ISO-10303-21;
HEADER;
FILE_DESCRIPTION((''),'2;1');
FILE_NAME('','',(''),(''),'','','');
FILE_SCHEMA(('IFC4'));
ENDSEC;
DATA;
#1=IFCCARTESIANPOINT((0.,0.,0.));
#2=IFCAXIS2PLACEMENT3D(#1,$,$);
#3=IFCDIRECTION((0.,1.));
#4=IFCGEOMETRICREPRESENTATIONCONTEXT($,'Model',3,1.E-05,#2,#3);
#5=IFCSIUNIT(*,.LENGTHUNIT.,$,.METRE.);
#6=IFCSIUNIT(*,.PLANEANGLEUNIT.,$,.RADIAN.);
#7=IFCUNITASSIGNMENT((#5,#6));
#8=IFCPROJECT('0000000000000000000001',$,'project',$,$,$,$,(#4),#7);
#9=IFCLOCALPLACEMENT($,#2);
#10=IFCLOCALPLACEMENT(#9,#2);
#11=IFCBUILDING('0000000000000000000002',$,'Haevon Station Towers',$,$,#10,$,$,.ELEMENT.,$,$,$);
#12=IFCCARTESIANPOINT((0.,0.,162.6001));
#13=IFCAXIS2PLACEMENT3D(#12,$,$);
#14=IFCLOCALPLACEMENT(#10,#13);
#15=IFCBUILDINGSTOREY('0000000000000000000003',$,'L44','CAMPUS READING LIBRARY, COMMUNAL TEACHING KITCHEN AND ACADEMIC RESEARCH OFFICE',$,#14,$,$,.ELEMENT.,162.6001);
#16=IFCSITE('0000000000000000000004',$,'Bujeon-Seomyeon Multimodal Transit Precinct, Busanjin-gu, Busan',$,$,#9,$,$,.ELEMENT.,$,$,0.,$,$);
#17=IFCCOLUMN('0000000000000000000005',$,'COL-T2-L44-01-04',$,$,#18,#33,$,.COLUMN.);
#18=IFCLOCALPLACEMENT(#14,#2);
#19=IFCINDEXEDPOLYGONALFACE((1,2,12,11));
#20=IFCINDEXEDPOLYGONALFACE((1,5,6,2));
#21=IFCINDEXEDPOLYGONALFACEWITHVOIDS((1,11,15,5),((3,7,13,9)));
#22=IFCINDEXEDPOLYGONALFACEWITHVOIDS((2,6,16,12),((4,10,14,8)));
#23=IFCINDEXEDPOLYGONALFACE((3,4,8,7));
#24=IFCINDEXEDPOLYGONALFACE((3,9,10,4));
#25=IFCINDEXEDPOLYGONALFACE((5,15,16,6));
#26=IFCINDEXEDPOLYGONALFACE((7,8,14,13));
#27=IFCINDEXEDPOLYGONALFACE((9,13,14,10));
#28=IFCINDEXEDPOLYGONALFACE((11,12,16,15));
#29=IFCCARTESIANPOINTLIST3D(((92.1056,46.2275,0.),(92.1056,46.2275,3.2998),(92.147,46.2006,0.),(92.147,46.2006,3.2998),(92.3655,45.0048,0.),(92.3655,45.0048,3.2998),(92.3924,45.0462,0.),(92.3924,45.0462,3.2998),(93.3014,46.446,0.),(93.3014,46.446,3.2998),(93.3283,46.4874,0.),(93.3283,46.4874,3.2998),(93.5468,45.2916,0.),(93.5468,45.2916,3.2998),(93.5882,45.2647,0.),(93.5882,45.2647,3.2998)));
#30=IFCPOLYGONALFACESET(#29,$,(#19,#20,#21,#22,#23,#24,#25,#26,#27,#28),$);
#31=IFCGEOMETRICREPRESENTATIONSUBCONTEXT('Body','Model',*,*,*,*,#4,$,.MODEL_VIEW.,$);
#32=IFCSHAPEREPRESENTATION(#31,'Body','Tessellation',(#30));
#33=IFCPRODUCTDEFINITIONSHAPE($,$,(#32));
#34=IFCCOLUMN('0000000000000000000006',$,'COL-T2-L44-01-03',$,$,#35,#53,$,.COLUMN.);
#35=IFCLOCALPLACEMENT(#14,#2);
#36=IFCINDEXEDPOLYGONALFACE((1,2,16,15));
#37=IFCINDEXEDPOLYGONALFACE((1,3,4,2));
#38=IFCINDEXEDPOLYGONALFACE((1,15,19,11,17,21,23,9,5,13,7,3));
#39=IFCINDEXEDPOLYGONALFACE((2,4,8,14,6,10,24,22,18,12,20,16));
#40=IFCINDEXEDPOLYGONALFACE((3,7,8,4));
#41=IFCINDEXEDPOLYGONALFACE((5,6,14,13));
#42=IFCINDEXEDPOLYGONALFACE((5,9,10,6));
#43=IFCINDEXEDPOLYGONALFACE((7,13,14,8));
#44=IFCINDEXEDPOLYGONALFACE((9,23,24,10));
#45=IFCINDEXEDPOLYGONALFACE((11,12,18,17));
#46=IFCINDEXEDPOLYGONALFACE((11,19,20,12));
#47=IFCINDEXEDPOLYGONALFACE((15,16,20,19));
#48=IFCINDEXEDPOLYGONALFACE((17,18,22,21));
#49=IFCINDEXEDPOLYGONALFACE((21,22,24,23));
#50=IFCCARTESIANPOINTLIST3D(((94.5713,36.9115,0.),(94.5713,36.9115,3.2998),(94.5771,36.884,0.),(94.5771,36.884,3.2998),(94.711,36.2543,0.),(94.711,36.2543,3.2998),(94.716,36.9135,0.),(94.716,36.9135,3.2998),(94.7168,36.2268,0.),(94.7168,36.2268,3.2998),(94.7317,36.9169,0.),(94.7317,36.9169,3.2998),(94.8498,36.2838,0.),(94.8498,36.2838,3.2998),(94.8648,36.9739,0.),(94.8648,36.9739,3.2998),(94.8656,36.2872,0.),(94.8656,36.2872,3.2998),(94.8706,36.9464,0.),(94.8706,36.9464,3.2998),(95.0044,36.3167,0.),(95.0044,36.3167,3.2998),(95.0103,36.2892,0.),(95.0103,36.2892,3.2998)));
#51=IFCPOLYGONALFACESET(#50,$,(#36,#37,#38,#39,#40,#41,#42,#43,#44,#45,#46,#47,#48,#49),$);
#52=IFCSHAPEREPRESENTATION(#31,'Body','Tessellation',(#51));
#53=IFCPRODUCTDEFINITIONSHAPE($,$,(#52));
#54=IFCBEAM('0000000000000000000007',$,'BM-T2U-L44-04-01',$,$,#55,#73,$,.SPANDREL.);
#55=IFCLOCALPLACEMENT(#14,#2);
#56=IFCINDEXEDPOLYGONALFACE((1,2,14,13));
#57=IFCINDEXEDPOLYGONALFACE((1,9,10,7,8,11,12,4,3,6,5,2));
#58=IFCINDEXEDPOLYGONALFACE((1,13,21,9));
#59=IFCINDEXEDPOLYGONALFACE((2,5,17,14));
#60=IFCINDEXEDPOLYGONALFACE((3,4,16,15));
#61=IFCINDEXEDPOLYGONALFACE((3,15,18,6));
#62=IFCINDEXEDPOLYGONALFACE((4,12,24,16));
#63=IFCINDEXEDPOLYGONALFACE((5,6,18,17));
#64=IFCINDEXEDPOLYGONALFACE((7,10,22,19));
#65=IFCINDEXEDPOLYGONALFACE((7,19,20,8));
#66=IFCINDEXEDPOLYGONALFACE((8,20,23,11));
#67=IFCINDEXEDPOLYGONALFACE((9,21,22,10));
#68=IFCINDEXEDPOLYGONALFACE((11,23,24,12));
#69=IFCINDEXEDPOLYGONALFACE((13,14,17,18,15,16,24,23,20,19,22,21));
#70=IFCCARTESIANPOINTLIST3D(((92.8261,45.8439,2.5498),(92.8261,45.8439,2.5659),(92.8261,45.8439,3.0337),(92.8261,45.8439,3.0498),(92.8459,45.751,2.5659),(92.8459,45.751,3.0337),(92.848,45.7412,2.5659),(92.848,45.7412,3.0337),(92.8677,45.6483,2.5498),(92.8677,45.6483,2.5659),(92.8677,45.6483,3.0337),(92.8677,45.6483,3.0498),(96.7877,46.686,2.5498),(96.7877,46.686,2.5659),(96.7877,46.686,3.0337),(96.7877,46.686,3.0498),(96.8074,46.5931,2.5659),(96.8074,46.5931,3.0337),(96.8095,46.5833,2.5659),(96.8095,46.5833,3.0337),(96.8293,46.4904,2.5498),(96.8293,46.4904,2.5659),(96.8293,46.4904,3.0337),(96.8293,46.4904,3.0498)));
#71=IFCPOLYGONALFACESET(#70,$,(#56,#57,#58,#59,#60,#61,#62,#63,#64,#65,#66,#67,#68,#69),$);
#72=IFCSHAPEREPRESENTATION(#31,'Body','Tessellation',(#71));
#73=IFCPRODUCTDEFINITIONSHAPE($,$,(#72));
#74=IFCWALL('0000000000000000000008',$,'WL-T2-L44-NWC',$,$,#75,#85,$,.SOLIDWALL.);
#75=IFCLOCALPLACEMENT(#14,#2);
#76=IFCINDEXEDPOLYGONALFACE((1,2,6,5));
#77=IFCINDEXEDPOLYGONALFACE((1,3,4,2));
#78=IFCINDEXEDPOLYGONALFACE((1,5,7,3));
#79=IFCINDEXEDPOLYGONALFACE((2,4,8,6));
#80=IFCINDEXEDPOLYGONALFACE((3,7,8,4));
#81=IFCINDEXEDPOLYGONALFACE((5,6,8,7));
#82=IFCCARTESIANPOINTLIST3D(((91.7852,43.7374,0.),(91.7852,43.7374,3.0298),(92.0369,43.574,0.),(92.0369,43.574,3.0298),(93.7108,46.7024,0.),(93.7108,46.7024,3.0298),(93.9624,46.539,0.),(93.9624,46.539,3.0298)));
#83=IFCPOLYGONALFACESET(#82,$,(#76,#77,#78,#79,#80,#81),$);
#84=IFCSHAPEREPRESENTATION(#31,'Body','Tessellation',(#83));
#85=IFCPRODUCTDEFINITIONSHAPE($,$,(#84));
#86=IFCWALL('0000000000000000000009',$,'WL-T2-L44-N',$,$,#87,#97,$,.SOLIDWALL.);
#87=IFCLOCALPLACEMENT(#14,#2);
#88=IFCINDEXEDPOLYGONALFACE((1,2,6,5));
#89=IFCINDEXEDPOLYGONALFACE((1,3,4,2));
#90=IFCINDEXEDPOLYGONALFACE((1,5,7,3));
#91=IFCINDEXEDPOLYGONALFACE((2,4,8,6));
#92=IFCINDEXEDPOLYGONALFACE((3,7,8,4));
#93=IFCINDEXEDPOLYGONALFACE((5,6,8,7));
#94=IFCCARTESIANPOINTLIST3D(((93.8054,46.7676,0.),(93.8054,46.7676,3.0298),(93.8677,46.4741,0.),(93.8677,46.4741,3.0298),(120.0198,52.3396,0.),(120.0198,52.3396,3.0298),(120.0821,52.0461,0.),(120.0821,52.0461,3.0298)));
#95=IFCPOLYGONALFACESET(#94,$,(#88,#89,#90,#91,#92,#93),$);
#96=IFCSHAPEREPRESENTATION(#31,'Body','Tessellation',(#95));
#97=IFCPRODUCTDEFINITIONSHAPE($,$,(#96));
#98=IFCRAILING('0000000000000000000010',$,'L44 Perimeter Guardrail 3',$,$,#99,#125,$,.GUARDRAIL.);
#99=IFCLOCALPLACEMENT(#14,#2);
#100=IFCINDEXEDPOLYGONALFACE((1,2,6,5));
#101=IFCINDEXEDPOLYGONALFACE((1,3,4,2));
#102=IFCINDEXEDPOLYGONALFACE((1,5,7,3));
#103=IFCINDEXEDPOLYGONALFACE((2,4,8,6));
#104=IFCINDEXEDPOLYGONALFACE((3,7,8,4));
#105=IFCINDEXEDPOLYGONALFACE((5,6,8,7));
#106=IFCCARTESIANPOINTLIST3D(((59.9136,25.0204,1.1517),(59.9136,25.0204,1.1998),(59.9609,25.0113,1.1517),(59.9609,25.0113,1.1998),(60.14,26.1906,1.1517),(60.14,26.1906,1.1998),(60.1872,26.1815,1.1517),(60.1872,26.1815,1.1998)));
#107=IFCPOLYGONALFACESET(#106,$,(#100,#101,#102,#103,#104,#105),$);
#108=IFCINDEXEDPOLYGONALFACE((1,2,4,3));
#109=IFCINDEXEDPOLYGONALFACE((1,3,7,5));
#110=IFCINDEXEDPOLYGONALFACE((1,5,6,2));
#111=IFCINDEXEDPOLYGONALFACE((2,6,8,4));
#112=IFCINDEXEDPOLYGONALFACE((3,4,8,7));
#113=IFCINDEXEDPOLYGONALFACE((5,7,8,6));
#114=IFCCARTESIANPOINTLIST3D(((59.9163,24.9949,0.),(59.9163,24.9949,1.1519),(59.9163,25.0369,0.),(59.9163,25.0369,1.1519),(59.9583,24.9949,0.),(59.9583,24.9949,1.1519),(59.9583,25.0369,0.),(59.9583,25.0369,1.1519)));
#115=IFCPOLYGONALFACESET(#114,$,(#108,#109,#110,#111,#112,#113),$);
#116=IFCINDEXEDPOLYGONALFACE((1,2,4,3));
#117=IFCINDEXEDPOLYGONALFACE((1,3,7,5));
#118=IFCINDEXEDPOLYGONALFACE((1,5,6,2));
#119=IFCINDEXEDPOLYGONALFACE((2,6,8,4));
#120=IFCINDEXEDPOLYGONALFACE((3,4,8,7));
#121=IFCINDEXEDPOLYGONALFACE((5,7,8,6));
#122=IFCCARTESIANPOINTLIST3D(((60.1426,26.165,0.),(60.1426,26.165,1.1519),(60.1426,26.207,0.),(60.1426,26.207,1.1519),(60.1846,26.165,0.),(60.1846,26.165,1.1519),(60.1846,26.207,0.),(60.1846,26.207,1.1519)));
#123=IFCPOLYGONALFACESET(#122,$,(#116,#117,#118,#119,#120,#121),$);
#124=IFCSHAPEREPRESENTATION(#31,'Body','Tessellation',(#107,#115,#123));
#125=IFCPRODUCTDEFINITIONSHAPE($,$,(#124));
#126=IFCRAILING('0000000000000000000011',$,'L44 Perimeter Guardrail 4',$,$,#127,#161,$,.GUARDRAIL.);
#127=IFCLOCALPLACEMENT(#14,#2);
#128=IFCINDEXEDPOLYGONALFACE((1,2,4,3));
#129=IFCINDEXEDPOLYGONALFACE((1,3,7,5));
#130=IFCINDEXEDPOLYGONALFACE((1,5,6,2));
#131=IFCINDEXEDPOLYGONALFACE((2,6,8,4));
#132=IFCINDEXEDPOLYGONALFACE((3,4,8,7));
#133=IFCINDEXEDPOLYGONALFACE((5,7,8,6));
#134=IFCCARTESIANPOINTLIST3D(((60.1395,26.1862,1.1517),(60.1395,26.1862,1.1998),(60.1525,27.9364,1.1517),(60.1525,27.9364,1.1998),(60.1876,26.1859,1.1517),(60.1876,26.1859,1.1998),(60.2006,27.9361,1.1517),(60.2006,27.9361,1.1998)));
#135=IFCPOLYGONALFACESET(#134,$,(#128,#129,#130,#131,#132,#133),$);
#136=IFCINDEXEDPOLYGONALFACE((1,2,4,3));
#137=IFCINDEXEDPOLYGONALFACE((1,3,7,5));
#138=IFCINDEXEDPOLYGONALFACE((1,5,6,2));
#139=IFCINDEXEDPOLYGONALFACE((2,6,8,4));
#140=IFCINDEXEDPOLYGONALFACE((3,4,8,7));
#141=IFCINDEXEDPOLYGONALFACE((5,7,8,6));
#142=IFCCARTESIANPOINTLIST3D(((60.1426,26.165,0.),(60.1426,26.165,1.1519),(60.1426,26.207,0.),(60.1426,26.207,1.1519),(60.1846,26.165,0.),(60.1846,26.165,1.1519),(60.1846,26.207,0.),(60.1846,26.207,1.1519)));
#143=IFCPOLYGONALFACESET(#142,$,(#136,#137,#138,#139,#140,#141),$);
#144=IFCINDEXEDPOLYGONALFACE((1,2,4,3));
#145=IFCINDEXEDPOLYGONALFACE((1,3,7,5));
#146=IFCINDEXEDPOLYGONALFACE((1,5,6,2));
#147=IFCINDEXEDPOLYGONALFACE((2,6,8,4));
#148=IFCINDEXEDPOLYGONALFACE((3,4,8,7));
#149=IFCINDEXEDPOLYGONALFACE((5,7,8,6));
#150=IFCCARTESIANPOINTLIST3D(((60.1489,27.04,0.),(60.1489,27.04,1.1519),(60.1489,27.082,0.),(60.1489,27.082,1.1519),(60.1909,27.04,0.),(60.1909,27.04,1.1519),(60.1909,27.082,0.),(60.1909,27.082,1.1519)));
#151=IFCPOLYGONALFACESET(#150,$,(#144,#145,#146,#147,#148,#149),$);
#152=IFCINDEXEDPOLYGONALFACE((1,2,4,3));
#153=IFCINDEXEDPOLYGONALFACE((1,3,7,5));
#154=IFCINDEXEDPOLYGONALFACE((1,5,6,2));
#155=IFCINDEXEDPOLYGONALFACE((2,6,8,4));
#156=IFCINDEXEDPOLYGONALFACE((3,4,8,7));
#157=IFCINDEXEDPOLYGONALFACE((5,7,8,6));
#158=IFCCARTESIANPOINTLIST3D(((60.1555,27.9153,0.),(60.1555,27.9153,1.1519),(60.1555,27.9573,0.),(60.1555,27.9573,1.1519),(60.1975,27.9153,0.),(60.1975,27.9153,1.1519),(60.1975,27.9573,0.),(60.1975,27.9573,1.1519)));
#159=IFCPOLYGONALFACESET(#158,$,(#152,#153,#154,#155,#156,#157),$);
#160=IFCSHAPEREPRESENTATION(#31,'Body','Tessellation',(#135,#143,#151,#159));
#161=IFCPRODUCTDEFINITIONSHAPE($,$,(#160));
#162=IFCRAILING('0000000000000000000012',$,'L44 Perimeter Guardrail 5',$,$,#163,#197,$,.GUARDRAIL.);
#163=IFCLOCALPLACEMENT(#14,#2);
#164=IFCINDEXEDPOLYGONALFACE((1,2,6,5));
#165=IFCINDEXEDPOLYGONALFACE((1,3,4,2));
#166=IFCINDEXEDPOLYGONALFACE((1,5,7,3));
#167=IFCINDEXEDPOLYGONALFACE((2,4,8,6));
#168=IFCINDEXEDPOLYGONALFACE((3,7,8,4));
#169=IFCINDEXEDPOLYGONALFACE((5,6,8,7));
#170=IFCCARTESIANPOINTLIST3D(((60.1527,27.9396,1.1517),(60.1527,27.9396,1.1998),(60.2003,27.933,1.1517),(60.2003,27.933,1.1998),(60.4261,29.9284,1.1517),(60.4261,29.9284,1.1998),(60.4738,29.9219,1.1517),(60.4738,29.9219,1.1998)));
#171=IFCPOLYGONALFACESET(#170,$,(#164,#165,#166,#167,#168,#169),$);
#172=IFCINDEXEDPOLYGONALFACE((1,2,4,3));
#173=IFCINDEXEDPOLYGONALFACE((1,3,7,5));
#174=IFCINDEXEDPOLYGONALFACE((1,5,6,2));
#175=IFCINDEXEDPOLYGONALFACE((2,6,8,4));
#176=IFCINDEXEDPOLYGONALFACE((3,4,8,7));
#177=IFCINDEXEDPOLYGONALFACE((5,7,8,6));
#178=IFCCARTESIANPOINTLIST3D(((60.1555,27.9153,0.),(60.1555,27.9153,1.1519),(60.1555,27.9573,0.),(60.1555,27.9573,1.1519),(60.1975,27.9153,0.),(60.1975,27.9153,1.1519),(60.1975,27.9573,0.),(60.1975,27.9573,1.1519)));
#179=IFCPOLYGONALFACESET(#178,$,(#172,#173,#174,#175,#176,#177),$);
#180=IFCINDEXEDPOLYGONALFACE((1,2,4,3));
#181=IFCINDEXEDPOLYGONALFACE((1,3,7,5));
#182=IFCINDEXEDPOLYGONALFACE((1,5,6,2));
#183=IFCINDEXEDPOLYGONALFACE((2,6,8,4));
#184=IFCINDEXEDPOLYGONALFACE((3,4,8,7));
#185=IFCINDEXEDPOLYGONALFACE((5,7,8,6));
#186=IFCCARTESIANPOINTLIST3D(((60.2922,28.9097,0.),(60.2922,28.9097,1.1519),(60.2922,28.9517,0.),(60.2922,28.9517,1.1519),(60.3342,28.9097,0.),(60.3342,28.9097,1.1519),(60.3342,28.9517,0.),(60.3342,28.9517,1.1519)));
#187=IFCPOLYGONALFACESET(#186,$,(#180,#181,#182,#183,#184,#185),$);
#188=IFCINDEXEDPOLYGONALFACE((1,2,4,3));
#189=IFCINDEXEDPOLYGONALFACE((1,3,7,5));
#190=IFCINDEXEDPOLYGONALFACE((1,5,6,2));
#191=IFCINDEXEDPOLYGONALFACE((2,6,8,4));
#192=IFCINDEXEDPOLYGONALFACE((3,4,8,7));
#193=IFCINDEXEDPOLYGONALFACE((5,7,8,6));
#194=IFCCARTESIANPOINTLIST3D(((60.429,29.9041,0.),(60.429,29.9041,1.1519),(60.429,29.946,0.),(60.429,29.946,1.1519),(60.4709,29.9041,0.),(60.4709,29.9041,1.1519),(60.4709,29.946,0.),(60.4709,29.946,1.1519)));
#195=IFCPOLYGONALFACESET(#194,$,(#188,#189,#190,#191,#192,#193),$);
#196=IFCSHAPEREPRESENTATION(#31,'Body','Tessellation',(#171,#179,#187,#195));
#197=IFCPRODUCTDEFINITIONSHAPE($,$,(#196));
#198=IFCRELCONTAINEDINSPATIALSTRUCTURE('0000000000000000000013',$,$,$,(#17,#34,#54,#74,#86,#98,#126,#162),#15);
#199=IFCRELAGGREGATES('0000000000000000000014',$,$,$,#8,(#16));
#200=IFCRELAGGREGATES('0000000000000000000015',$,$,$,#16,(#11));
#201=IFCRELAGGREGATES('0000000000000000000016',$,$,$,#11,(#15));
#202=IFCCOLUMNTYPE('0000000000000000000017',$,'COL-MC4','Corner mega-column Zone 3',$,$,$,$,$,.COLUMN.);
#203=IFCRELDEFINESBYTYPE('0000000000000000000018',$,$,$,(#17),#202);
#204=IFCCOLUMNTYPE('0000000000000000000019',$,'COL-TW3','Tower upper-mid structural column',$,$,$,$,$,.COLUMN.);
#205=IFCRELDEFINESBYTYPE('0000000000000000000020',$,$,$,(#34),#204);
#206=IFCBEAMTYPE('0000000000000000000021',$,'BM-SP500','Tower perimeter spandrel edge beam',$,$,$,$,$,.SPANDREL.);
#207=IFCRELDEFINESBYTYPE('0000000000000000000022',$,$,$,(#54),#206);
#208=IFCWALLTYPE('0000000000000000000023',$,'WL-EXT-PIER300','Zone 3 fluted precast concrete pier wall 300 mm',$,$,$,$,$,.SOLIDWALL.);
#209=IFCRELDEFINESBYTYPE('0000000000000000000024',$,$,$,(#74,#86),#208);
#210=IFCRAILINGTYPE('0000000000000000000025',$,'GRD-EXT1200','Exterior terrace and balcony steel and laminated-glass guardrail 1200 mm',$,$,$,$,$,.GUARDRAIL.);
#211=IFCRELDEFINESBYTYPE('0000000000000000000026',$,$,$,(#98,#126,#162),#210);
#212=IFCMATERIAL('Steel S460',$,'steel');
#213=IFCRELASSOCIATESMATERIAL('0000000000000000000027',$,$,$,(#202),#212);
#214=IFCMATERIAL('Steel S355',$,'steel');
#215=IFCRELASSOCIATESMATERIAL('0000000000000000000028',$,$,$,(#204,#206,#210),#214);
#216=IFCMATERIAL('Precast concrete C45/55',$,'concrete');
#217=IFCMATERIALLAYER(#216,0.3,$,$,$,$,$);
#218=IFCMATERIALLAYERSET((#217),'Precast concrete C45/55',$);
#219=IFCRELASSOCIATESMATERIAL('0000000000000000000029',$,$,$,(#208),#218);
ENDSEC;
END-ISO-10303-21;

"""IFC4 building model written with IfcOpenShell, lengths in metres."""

from ifc_helpers import new_model, si_unit, direction, frame, frame_2d, origin, origin_2d, place, context, subcontext, project, spatial, rectangle, hollow_rectangle, i_section, extrude, material, layer, layer_set, material_profile, profile_set, type_object, element, save


model = new_model("IFC4")

# Units and contexts
model_context = context("Model", 3, precision=1e-05, world=origin(), true_north=direction((0.0, 1.0)))
body_context = subcontext(model_context, "Body", "Model", "MODEL_VIEW")
ifc_project = project(units=[si_unit("LENGTHUNIT", "METRE"), si_unit("PLANEANGLEUNIT", "RADIAN")], contexts=[model_context])

# Site, building, storey
site_placement = place(None, origin())
site = spatial("IfcSite", under=ifc_project, at=site_placement, Name="Bujeon-Seomyeon Multimodal Transit Precinct, Busanjin-gu, Busan", CompositionType="ELEMENT", RefElevation=0.0)
building_placement = place(site_placement, origin())
building = spatial("IfcBuilding", under=site, at=building_placement, Name="Haevon Station Towers", CompositionType="ELEMENT")
storey_placement = place(building_placement, frame((0.0, 0.0, 162.6001)))
storey = spatial("IfcBuildingStorey", under=building, at=storey_placement, Name="L44", Description="CAMPUS READING LIBRARY, COMMUNAL TEACHING KITCHEN AND ACADEMIC RESEARCH OFFICE", CompositionType="ELEMENT", Elevation=162.6001)

# Columns
ifc_material_1 = material(Name="Steel S460", Category="steel")
ifc_material_profile_1 = material_profile(ifc_material_1, hollow_rectangle(XDim=1.25, YDim=1.25, WallThickness=0.0349, at=origin_2d()), Name="BOX-1250x1250x35")
ifc_profile_set_1 = profile_set([ifc_material_profile_1], Name="Steel S460")
column_type_1 = type_object("IfcColumnType", Name="COL-MC4", Description="Corner mega-column Zone 3", PredefinedType="COLUMN", material=ifc_profile_set_1)
column_1_placement = place(storey_placement, frame((92.8469, 45.7461, 0.0), z_axis=(0.0, 0.0, 1.0), x_axis=(0.978148, 0.207912, 0.0)))
element("IfcColumn", 1, at=column_1_placement, inside=storey, type_object=column_type_1, Name="COL-T2-L44-01-04", PredefinedType="COLUMN", context=body_context, shape_type="SweptSolid", body=[
    extrude(hollow_rectangle(XDim=1.25, YDim=1.25, WallThickness=0.0349, at=origin_2d()), origin(), (0.0, 0.0, 1.0), 3.2998),
])
ifc_material_2 = material(Name="Steel S355", Category="steel")
ifc_material_profile_2 = material_profile(ifc_material_2, i_section(OverallWidth=0.3, OverallDepth=0.7, WebThickness=0.0161, FlangeThickness=0.0281, at=origin_2d()), Name="H-700x300x16x28")
ifc_profile_set_2 = profile_set([ifc_material_profile_2], Name="Steel S355")
column_type_2 = type_object("IfcColumnType", Name="COL-TW3", Description="Tower upper-mid structural column", PredefinedType="COLUMN", material=ifc_profile_set_2)
column_2_placement = place(storey_placement, frame((94.7908, 36.6003, 0.0), z_axis=(0.0, 0.0, 1.0), x_axis=(0.978148, 0.207912, 0.0)))
element("IfcColumn", 2, at=column_2_placement, inside=storey, type_object=column_type_2, Name="COL-T2-L44-01-03", PredefinedType="COLUMN", context=body_context, shape_type="SweptSolid", body=[
    extrude(i_section(OverallWidth=0.3, OverallDepth=0.7, WebThickness=0.0161, FlangeThickness=0.0281, at=origin_2d()), origin(), (0.0, 0.0, 1.0), 3.2998),
])

# Beam
ifc_material_profile_3 = material_profile(ifc_material_2, i_section(OverallWidth=0.2, OverallDepth=0.5, WebThickness=0.01, FlangeThickness=0.0161, at=origin_2d()), Name="H-500x200x10x16")
ifc_profile_set_3 = profile_set([ifc_material_profile_3], Name="Steel S355")
beam_type = type_object("IfcBeamType", Name="BM-SP500", Description="Tower perimeter spandrel edge beam", PredefinedType="SPANDREL", material=ifc_profile_set_3)
beam_placement = place(storey_placement, frame((92.8469, 45.7461, 2.7998), z_axis=(0.978147, 0.207915, 0.0), x_axis=(-0.207915, 0.978147, 0.0)))
element("IfcBeam", 3, at=beam_placement, inside=storey, type_object=beam_type, Name="BM-T2U-L44-04-01", PredefinedType="SPANDREL", context=body_context, shape_type="SweptSolid", body=[
    extrude(i_section(OverallWidth=0.2, OverallDepth=0.5, WebThickness=0.01, FlangeThickness=0.0161, at=origin_2d()), origin(), (0.0, 0.0, 1.0), 4.05),
])

# Walls
ifc_material_3 = material(Name="Precast concrete C45/55", Category="concrete")
ifc_layer_1 = layer(ifc_material_3, 0.3)
ifc_layer_set_1 = layer_set([ifc_layer_1], Name="Precast concrete C45/55")
wall_type = type_object("IfcWallType", Name="WL-EXT-PIER300", Description="Zone 3 fluted precast concrete pier wall 300 mm", PredefinedType="SOLIDWALL", material=ifc_layer_set_1)
wall_1_placement = place(storey_placement, frame((91.9111, 43.6558, 0.0), z_axis=(0.0, 0.0, 1.0), x_axis=(0.544636, 0.838672, 0.0)))
element("IfcWall", 4, at=wall_1_placement, inside=storey, type_object=wall_type, Name="WL-T2-L44-NWC", PredefinedType="SOLIDWALL", context=body_context, shape_type="SweptSolid", body=[
    extrude(rectangle(XDim=3.5354, YDim=0.3, at=frame_2d((1.7676, 0.0))), origin(), (0.0, 0.0, 1.0), 3.0298),
])
wall_2_placement = place(storey_placement, frame((93.8367, 46.6208, 0.0), z_axis=(0.0, 0.0, 1.0), x_axis=(0.978148, 0.207911, 0.0)))
element("IfcWall", 5, at=wall_2_placement, inside=storey, type_object=wall_type, Name="WL-T2-L44-N", PredefinedType="SOLIDWALL", context=body_context, shape_type="SweptSolid", body=[
    extrude(rectangle(XDim=26.8, YDim=0.3, at=frame_2d((13.3999, 0.0))), origin(), (0.0, 0.0, 1.0), 3.0298),
])

# Railings
railing_type = type_object("IfcRailingType", Name="GRD-EXT1200", Description="Exterior terrace and balcony steel and laminated-glass guardrail 1200 mm", PredefinedType="GUARDRAIL", material=ifc_material_2)
railing_1_placement = place(storey_placement, frame((59.9373, 25.0159, 0.0)))
element("IfcRailing", 6, at=railing_1_placement, inside=storey, type_object=railing_type, Name="L44 Perimeter Guardrail 3", PredefinedType="GUARDRAIL", context=body_context, shape_type="SweptSolid", body=[
    extrude(rectangle(XDim=0.0481, YDim=0.0481, at=origin_2d()), frame((0.0, 0.0, 1.1758), z_axis=(0.189888, 0.981806, 0.0), x_axis=(-0.981806, 0.189888, 0.0)), (0.0, 0.0, 1.0), 1.1919),
    extrude(rectangle(XDim=0.042, YDim=0.042, at=origin_2d()), origin(), (0.0, 0.0, 1.0), 1.1519),
    extrude(rectangle(XDim=0.042, YDim=0.042, at=origin_2d()), frame((0.2263, 1.1702, 0.0)), (0.0, 0.0, 1.0), 1.1519),
])
railing_2_placement = place(storey_placement, frame((60.1636, 26.186, 0.0)))
element("IfcRailing", 7, at=railing_2_placement, inside=storey, type_object=railing_type, Name="L44 Perimeter Guardrail 4", PredefinedType="GUARDRAIL", context=body_context, shape_type="SweptSolid", body=[
    extrude(rectangle(XDim=0.0481, YDim=0.0481, at=origin_2d()), frame((0.0, 0.0, 1.1758), z_axis=(0.007393, 0.999973, 0.0), x_axis=(-0.999973, 0.007393, 0.0)), (0.0, 0.0, 1.0), 1.7502),
    extrude(rectangle(XDim=0.042, YDim=0.042, at=origin_2d()), origin(), (0.0, 0.0, 1.0), 1.1519),
    extrude(rectangle(XDim=0.042, YDim=0.042, at=origin_2d()), frame((0.0063, 0.875, 0.0)), (0.0, 0.0, 1.0), 1.1519),
    extrude(rectangle(XDim=0.042, YDim=0.042, at=origin_2d()), frame((0.0129, 1.7502, 0.0)), (0.0, 0.0, 1.0), 1.1519),
])
railing_3_placement = place(storey_placement, frame((60.1765, 27.9363, 0.0)))
element("IfcRailing", 8, at=railing_3_placement, inside=storey, type_object=railing_type, Name="L44 Perimeter Guardrail 5", PredefinedType="GUARDRAIL", context=body_context, shape_type="SweptSolid", body=[
    extrude(rectangle(XDim=0.0481, YDim=0.0481, at=origin_2d()), frame((0.0, 0.0, 1.1758), z_axis=(0.136209, 0.99068, 0.0), x_axis=(-0.99068, 0.136209, 0.0)), (0.0, 0.0, 1.0), 2.0076),
    extrude(rectangle(XDim=0.042, YDim=0.042, at=origin_2d()), origin(), (0.0, 0.0, 1.0), 1.1519),
    extrude(rectangle(XDim=0.042, YDim=0.042, at=origin_2d()), frame((0.1367, 0.9944, 0.0)), (0.0, 0.0, 1.0), 1.1519),
    extrude(rectangle(XDim=0.042, YDim=0.042, at=origin_2d()), frame((0.2734, 1.9888, 0.0)), (0.0, 0.0, 1.0), 1.1519),
])

save(model, "model.ifc")
